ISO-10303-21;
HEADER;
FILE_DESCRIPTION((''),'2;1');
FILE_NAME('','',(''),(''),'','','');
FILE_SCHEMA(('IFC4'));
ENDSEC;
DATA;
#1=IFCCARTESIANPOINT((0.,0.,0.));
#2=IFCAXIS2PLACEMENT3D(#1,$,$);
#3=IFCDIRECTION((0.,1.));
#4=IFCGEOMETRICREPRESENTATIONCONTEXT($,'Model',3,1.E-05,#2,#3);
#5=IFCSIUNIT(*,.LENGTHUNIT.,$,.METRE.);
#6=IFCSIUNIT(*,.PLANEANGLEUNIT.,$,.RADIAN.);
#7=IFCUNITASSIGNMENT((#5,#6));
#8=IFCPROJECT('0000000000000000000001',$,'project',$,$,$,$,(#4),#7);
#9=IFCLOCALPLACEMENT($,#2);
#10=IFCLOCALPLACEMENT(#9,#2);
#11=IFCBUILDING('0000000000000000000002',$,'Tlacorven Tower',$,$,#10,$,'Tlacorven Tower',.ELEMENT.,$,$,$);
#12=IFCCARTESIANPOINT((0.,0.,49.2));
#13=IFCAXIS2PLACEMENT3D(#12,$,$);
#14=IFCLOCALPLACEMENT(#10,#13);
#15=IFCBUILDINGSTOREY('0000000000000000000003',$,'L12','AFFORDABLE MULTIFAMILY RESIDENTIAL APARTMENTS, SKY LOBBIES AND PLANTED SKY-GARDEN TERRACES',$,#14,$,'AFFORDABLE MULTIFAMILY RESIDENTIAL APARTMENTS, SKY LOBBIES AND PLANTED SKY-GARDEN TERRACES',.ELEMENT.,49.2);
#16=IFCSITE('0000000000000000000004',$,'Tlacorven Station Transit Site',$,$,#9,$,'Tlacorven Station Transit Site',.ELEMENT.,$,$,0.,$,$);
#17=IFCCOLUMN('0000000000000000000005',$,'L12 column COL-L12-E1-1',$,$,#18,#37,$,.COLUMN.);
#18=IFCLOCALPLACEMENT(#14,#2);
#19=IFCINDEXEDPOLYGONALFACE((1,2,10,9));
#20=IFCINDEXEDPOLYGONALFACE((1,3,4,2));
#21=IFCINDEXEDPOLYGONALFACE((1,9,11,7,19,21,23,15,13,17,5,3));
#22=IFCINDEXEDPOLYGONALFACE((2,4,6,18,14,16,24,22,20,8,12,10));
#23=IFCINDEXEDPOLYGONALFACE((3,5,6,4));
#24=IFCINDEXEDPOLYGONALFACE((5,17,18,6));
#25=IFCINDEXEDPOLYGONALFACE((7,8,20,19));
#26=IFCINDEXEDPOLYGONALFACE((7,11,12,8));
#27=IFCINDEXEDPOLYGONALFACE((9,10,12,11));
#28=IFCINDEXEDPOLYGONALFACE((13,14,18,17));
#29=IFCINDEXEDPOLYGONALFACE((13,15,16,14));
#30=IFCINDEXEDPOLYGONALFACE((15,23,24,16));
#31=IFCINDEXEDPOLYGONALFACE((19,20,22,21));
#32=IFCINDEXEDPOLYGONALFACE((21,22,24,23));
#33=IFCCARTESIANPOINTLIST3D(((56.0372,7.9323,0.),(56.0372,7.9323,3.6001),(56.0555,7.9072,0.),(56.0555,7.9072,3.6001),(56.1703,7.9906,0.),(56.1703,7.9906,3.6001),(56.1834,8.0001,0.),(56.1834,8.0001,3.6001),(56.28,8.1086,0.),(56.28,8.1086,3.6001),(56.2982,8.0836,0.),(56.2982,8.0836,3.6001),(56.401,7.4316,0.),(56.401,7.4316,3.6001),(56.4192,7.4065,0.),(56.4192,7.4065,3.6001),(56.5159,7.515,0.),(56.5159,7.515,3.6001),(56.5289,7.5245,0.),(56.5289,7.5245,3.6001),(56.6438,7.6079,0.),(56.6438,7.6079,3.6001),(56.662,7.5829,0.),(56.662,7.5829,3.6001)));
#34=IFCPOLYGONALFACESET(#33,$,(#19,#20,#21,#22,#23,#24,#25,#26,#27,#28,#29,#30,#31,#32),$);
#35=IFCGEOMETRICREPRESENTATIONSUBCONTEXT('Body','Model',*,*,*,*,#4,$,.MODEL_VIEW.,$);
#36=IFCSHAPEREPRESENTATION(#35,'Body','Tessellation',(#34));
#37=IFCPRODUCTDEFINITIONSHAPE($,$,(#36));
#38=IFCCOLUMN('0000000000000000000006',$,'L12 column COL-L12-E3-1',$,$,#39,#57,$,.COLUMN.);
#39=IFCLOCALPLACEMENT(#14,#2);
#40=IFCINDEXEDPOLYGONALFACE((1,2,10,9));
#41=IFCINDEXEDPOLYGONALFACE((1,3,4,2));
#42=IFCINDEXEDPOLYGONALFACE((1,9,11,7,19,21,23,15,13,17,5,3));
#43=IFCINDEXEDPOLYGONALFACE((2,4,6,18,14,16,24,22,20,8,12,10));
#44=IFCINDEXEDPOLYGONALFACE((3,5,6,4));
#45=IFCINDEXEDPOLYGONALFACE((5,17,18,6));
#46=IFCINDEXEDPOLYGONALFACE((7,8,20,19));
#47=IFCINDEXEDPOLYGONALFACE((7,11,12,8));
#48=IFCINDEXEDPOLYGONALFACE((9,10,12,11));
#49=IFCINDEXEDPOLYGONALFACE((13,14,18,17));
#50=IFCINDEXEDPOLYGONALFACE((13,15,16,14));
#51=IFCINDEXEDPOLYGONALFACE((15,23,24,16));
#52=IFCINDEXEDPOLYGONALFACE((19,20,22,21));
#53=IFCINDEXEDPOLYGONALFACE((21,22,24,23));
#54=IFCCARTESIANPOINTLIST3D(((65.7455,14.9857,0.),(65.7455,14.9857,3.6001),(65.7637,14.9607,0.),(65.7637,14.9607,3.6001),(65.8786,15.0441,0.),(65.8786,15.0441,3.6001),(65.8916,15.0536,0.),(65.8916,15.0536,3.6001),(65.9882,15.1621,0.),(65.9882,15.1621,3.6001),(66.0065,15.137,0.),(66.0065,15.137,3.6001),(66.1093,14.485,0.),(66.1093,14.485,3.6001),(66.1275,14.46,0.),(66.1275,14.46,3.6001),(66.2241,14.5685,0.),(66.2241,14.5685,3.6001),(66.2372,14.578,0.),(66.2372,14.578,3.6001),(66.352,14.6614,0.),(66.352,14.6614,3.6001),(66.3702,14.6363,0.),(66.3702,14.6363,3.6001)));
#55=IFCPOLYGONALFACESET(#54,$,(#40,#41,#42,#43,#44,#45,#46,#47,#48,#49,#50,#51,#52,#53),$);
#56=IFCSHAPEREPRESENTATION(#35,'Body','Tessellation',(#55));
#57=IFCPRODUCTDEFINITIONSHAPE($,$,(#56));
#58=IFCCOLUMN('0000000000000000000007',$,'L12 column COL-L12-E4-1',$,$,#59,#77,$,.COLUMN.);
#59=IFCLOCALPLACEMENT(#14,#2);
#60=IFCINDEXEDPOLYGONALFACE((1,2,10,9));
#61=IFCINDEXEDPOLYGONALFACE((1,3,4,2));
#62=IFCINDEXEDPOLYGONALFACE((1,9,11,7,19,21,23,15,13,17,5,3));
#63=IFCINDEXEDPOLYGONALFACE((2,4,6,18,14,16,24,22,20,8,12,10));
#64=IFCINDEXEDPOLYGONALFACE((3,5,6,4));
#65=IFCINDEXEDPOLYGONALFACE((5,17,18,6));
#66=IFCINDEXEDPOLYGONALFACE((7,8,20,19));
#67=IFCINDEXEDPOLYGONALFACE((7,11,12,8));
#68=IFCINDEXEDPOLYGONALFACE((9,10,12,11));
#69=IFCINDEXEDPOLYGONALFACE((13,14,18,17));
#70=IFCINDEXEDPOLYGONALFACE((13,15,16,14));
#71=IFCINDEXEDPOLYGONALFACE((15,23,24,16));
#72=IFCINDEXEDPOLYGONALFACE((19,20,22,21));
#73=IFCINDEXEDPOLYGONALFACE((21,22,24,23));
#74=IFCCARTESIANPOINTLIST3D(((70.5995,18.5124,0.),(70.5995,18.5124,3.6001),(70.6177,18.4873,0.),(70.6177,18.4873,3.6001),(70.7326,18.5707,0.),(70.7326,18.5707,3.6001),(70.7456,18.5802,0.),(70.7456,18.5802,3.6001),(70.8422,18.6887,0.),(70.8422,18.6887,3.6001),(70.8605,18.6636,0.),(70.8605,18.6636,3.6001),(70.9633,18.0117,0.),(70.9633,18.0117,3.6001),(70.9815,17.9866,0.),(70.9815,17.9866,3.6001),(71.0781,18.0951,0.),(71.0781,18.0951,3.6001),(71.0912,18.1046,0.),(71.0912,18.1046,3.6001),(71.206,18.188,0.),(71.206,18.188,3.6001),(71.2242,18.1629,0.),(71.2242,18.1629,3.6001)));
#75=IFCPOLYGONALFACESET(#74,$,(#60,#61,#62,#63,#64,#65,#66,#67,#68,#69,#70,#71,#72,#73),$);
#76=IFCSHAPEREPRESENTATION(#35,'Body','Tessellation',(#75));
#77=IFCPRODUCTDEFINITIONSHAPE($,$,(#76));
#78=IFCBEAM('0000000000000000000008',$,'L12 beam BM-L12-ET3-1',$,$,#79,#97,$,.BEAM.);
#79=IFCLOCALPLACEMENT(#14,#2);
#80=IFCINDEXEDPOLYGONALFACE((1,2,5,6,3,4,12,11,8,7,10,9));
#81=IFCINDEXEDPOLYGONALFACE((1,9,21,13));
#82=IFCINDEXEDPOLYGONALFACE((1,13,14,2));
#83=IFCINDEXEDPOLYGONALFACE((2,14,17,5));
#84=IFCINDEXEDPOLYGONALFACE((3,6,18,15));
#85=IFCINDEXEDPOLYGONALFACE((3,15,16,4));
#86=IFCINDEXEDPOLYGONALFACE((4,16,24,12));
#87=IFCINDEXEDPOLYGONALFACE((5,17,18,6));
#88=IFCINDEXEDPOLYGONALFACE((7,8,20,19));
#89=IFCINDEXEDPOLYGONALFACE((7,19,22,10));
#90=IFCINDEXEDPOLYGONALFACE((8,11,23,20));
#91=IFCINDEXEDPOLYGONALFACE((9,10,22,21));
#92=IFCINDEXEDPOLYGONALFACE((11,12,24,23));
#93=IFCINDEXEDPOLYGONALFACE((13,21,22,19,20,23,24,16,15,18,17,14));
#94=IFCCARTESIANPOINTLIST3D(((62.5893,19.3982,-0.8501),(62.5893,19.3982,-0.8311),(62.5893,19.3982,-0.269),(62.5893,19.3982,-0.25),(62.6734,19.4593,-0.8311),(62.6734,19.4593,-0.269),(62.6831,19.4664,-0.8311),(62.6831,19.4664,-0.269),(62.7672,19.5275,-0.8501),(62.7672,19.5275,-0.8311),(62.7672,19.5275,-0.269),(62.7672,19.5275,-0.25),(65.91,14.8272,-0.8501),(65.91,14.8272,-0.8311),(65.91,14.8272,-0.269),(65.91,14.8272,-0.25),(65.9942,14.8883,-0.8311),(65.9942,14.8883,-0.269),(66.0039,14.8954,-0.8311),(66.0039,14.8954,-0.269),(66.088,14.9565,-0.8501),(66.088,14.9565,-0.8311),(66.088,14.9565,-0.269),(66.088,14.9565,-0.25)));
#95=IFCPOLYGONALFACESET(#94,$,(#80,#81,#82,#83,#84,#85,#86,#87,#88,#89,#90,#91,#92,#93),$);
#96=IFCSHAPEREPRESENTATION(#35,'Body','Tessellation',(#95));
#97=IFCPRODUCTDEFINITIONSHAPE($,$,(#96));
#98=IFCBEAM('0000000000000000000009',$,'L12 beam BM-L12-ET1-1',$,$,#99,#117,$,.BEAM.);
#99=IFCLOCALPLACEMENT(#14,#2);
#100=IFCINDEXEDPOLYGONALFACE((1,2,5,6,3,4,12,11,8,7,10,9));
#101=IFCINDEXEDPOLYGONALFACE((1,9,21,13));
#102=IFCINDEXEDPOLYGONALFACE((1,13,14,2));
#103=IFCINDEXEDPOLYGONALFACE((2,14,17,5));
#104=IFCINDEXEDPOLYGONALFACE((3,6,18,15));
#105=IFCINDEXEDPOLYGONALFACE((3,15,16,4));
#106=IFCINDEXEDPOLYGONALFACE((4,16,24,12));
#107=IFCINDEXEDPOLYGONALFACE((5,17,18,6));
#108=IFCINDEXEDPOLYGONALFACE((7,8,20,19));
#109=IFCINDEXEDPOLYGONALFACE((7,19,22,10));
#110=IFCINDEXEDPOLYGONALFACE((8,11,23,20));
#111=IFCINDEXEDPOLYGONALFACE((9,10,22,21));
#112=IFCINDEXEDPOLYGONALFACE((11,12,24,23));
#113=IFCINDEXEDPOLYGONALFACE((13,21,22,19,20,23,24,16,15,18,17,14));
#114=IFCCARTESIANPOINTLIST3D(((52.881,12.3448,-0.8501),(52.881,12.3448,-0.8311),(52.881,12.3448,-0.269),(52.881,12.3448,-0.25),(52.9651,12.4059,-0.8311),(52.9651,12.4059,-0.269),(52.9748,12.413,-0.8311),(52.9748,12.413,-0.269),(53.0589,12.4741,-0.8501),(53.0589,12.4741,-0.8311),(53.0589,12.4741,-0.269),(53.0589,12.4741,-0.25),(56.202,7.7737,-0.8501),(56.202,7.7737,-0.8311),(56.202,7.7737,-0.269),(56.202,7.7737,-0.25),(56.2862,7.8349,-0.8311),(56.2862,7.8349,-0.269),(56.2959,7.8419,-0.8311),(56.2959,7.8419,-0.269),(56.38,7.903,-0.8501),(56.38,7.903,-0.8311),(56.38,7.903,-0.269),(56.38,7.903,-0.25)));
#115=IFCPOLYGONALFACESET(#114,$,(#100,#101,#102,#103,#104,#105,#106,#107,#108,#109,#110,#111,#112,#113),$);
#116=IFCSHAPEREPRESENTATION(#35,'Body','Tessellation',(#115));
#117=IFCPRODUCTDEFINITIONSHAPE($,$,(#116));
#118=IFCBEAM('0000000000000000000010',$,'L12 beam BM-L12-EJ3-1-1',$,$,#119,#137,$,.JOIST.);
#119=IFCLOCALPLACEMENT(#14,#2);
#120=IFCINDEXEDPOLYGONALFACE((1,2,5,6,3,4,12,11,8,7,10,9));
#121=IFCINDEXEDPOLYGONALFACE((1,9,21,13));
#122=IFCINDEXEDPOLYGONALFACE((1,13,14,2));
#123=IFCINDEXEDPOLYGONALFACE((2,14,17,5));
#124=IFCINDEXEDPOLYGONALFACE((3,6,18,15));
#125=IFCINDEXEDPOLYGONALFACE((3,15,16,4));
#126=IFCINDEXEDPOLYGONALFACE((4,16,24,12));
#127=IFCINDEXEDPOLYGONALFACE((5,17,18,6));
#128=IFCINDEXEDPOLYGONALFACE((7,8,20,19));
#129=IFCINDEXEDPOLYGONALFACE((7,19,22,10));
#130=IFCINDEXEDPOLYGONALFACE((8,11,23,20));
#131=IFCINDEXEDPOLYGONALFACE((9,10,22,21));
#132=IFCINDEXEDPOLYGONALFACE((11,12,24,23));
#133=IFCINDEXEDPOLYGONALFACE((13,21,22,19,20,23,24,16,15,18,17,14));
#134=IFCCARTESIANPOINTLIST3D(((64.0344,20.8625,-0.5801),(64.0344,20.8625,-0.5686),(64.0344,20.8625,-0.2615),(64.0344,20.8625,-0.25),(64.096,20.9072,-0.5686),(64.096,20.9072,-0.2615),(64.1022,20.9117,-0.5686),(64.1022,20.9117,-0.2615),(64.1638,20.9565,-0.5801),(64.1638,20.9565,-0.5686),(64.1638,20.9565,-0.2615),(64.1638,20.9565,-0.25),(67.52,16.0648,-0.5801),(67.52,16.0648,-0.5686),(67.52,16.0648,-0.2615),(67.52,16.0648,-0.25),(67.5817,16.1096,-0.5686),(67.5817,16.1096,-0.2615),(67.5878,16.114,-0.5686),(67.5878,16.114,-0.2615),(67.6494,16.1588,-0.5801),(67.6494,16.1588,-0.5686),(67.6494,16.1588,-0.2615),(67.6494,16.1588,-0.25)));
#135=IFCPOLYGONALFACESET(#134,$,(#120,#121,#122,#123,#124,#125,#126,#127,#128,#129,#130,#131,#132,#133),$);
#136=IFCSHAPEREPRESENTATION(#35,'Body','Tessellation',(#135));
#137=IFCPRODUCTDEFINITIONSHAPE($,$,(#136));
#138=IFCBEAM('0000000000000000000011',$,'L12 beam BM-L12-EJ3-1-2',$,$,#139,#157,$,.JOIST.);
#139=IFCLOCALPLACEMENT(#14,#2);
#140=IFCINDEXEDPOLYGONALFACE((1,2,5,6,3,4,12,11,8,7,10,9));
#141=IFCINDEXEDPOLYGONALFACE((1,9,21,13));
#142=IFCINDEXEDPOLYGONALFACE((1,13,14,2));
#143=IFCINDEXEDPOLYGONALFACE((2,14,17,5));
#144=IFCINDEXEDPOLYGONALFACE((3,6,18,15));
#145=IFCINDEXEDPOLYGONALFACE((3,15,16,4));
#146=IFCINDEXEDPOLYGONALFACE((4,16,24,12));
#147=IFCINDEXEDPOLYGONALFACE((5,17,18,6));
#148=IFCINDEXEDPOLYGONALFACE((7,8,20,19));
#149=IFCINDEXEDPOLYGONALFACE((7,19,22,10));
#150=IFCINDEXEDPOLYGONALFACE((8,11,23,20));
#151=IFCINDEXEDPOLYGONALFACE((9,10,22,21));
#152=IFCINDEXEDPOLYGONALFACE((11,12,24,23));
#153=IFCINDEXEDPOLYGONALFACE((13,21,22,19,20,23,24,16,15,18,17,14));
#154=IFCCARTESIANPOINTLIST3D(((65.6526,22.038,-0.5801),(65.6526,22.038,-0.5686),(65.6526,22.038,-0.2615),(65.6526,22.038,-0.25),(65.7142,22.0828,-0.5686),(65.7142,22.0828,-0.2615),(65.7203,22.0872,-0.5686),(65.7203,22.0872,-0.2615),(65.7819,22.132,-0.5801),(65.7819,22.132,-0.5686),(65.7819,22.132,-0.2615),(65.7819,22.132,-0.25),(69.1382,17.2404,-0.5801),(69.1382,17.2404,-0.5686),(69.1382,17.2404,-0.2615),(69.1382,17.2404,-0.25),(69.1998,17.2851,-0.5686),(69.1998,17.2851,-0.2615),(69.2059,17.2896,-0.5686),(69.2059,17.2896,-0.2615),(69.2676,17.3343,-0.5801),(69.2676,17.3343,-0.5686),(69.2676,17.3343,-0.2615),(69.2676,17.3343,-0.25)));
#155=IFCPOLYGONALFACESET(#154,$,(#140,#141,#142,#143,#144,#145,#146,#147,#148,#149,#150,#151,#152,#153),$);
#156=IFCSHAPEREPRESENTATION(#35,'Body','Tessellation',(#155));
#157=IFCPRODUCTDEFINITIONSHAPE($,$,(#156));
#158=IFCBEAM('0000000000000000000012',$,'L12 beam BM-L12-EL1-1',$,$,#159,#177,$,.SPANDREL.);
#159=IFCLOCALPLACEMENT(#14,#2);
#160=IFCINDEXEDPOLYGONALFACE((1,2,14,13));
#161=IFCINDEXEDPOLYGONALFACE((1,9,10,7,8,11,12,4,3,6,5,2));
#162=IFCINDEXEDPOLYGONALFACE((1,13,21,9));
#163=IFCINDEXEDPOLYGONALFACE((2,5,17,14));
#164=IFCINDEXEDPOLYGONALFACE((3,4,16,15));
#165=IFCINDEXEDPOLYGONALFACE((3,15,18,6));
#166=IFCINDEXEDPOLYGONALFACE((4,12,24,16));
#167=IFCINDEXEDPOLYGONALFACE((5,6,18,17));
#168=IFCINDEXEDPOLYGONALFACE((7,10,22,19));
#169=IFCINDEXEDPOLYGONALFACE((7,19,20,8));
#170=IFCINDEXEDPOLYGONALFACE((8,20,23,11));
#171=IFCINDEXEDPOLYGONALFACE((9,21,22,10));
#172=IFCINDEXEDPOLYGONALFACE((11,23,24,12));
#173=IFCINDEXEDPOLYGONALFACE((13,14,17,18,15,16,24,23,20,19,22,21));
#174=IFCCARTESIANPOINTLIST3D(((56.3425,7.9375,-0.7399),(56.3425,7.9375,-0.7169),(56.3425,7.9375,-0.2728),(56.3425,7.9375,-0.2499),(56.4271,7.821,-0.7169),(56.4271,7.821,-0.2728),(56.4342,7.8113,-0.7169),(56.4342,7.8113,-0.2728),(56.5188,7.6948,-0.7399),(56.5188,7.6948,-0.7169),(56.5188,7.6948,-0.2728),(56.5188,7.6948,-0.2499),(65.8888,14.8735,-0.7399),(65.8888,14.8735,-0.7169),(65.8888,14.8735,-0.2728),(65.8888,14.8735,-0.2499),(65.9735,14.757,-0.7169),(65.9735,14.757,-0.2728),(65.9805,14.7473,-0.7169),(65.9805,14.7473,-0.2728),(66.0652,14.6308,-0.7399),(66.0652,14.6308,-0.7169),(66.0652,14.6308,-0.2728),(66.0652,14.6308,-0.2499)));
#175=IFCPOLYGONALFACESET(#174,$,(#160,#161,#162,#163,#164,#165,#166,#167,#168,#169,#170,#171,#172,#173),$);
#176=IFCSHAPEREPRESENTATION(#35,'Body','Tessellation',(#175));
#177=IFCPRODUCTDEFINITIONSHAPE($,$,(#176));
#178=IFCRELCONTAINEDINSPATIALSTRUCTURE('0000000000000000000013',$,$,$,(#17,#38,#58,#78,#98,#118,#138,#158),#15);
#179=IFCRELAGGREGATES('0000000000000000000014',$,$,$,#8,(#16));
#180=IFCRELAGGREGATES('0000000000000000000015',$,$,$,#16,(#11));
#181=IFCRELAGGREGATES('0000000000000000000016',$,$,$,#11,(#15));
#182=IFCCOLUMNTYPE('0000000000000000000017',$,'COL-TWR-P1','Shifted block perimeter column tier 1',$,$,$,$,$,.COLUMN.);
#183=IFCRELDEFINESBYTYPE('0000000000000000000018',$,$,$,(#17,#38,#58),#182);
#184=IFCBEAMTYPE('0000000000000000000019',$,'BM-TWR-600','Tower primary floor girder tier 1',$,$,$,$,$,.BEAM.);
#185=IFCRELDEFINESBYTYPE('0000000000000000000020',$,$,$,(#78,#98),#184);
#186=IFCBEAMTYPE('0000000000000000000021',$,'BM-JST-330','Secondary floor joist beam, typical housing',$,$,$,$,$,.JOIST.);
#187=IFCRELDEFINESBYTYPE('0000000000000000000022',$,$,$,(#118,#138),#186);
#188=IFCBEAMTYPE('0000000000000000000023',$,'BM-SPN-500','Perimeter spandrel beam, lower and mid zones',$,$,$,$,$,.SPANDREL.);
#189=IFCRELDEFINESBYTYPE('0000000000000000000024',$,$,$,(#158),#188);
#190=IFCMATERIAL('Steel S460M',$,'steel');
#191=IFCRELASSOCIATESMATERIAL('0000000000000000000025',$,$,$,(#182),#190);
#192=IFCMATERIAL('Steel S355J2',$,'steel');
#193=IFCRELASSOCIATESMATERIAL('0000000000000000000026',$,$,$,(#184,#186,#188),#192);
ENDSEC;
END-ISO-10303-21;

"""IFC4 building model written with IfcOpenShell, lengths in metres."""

from ifc_helpers import new_model, si_unit, direction, frame, origin, origin_2d, place, context, subcontext, project, spatial, i_section, extrude, source, transform, mapped, material, material_profile, profile_set, type_object, element, save


model = new_model("IFC4")

# Units and contexts
model_context = context("Model", 3, precision=1e-05, world=origin(), true_north=direction((0.0, 1.0)))
body_context = subcontext(model_context, "Body", "Model", "MODEL_VIEW")
ifc_project = project(units=[si_unit("LENGTHUNIT", "METRE"), si_unit("PLANEANGLEUNIT", "RADIAN")], contexts=[model_context])

# Site, building, storey
site_placement = place(None, origin())
site = spatial("IfcSite", under=ifc_project, at=site_placement, Name="Tlacorven Station Transit Site", LongName="Tlacorven Station Transit Site", CompositionType="ELEMENT", RefElevation=0.0)
building_placement = place(site_placement, origin())
building = spatial("IfcBuilding", under=site, at=building_placement, Name="Tlacorven Tower", LongName="Tlacorven Tower", CompositionType="ELEMENT")
storey_placement = place(building_placement, frame((0.0, 0.0, 49.2)))
storey = spatial("IfcBuildingStorey", under=building, at=storey_placement, Name="L12", Description="AFFORDABLE MULTIFAMILY RESIDENTIAL APARTMENTS, SKY LOBBIES AND PLANTED SKY-GARDEN TERRACES", LongName="AFFORDABLE MULTIFAMILY RESIDENTIAL APARTMENTS, SKY LOBBIES AND PLANTED SKY-GARDEN TERRACES", CompositionType="ELEMENT", Elevation=49.2)

# Columns
ifc_material_1 = material(Name="Steel S460M", Category="steel")
ifc_material_profile_1 = material_profile(ifc_material_1, i_section(OverallWidth=0.3, OverallDepth=0.6499, WebThickness=0.0161, FlangeThickness=0.031, at=origin_2d()), Name="HEB 650")
ifc_profile_set_1 = profile_set([ifc_material_profile_1], Name="Steel S460M")
column_type = type_object("IfcColumnType", Name="COL-TWR-P1", Description="Shifted block perimeter column tier 1", PredefinedType="COLUMN", material=ifc_profile_set_1)
shared_shape_1 = source(origin(), body_context, "Body", "SweptSolid", [
    extrude(i_section(OverallWidth=0.3, OverallDepth=0.6499, WebThickness=0.0161, FlangeThickness=0.031, at=origin_2d()), origin(), (0.0, 0.0, 1.0), 3.6001),
])
for number, where, z_axis, x_axis, name in (
    (1, (56.3496, 7.7576, 0.0), (0.0, 0.0, 1.0), (0.809017, 0.587785, 0.0), "L12 column COL-L12-E1-1"),
    (2, (66.0579, 14.811, 0.0), (0.0, 0.0, 1.0), (0.809017, 0.587785, 0.0), "L12 column COL-L12-E3-1"),
    (3, (70.9119, 18.3376, 0.0), (0.0, 0.0, 1.0), (0.809017, 0.587785, 0.0), "L12 column COL-L12-E4-1"),
):
    element("IfcColumn", number, at=place(storey_placement, frame(where, z_axis=z_axis, x_axis=x_axis)), inside=storey, type_object=column_type, Name=name, PredefinedType="COLUMN", context=body_context, shape_type="MappedRepresentation", body=[
        mapped(shared_shape_1, transform((0.0, 0.0, 0.0), scale=1.0)),
    ])

# Beams
ifc_material_2 = material(Name="Steel S355J2", Category="steel")
ifc_material_profile_2 = material_profile(ifc_material_2, i_section(OverallWidth=0.22, OverallDepth=0.6001, WebThickness=0.012, FlangeThickness=0.019, at=origin_2d()), Name="IPE 600")
ifc_profile_set_2 = profile_set([ifc_material_profile_2], Name="Steel S355J2")
beam_type_1 = type_object("IfcBeamType", Name="BM-TWR-600", Description="Tower primary floor girder tier 1", PredefinedType="BEAM", material=ifc_profile_set_2)
shared_shape_2 = source(origin(), body_context, "Body", "SweptSolid", [
    extrude(i_section(OverallWidth=0.22, OverallDepth=0.6001, WebThickness=0.012, FlangeThickness=0.019, at=origin_2d()), origin(), (0.0, 0.0, 1.0), 5.6499),
])
beam_1_placement = place(storey_placement, frame((65.999, 14.8918, -0.55), z_axis=(-0.587755, 0.809039, 0.0), x_axis=(-0.809039, -0.587755, 0.0)))
element("IfcBeam", 4, at=beam_1_placement, inside=storey, type_object=beam_type_1, Name="L12 beam BM-L12-ET3-1", PredefinedType="BEAM", context=body_context, shape_type="MappedRepresentation", body=[
    mapped(shared_shape_2, transform((0.0, 0.0, 0.0), scale=1.0)),
])
shared_shape_3 = source(origin(), body_context, "Body", "SweptSolid", [
    extrude(i_section(OverallWidth=0.22, OverallDepth=0.6001, WebThickness=0.012, FlangeThickness=0.019, at=origin_2d()), origin(), (0.0, 0.0, 1.0), 5.6501),
])
beam_2_placement = place(storey_placement, frame((56.291, 7.8384, -0.55), z_axis=(-0.587784, 0.809018, 0.0), x_axis=(-0.809018, -0.587784, 0.0)))
element("IfcBeam", 5, at=beam_2_placement, inside=storey, type_object=beam_type_1, Name="L12 beam BM-L12-ET1-1", PredefinedType="BEAM", context=body_context, shape_type="MappedRepresentation", body=[
    mapped(shared_shape_3, transform((0.0, 0.0, 0.0), scale=1.0)),
])
ifc_material_profile_3 = material_profile(ifc_material_2, i_section(OverallWidth=0.1599, OverallDepth=0.3301, WebThickness=0.0076, FlangeThickness=0.0115, at=origin_2d()), Name="IPE 330")
ifc_profile_set_3 = profile_set([ifc_material_profile_3], Name="Steel S355J2")
beam_type_2 = type_object("IfcBeamType", Name="BM-JST-330", Description="Secondary floor joist beam, typical housing", PredefinedType="JOIST", material=ifc_profile_set_3)
shared_shape_4 = source(origin(), body_context, "Body", "SweptSolid", [
    extrude(i_section(OverallWidth=0.1599, OverallDepth=0.3301, WebThickness=0.0076, FlangeThickness=0.0115, at=origin_2d()), origin(), (0.0, 0.0, 1.0), 5.9302),
])
for number, where, z_axis, x_axis, name in (
    (6, (67.5847, 16.1118, -0.415), (-0.587778, 0.809023, 0.0), (-0.809023, -0.587778, 0.0), "L12 beam BM-L12-EJ3-1-1"),
    (7, (69.2029, 17.2874, -0.415), (-0.587778, 0.809023, 0.0), (-0.809023, -0.587778, 0.0), "L12 beam BM-L12-EJ3-1-2"),
):
    element("IfcBeam", number, at=place(storey_placement, frame(where, z_axis=z_axis, x_axis=x_axis)), inside=storey, type_object=beam_type_2, Name=name, PredefinedType="JOIST", context=body_context, shape_type="MappedRepresentation", body=[
        mapped(shared_shape_4, transform((0.0, 0.0, 0.0), scale=1.0)),
    ])
ifc_material_profile_4 = material_profile(ifc_material_2, i_section(OverallWidth=0.3, OverallDepth=0.49, WebThickness=0.012, FlangeThickness=0.0229, at=origin_2d()), Name="HEA 500")
ifc_profile_set_4 = profile_set([ifc_material_profile_4], Name="Steel S355J2")
beam_type_3 = type_object("IfcBeamType", Name="BM-SPN-500", Description="Perimeter spandrel beam, lower and mid zones", PredefinedType="SPANDREL", material=ifc_profile_set_4)
shared_shape_5 = source(origin(), body_context, "Body", "SweptSolid", [
    extrude(i_section(OverallWidth=0.3, OverallDepth=0.49, WebThickness=0.012, FlangeThickness=0.0229, at=origin_2d()), origin(), (0.0, 0.0, 1.0), 11.8),
])
beam_3_placement = place(storey_placement, frame((56.4307, 7.8162, -0.4949), z_axis=(0.80901, 0.587795, 0.0), x_axis=(-0.587795, 0.80901, 0.0)))
element("IfcBeam", 8, at=beam_3_placement, inside=storey, type_object=beam_type_3, Name="L12 beam BM-L12-EL1-1", PredefinedType="SPANDREL", context=body_context, shape_type="MappedRepresentation", body=[
    mapped(shared_shape_5, transform((0.0, 0.0, 0.0), scale=1.0)),
])

save(model, "model.ifc")
